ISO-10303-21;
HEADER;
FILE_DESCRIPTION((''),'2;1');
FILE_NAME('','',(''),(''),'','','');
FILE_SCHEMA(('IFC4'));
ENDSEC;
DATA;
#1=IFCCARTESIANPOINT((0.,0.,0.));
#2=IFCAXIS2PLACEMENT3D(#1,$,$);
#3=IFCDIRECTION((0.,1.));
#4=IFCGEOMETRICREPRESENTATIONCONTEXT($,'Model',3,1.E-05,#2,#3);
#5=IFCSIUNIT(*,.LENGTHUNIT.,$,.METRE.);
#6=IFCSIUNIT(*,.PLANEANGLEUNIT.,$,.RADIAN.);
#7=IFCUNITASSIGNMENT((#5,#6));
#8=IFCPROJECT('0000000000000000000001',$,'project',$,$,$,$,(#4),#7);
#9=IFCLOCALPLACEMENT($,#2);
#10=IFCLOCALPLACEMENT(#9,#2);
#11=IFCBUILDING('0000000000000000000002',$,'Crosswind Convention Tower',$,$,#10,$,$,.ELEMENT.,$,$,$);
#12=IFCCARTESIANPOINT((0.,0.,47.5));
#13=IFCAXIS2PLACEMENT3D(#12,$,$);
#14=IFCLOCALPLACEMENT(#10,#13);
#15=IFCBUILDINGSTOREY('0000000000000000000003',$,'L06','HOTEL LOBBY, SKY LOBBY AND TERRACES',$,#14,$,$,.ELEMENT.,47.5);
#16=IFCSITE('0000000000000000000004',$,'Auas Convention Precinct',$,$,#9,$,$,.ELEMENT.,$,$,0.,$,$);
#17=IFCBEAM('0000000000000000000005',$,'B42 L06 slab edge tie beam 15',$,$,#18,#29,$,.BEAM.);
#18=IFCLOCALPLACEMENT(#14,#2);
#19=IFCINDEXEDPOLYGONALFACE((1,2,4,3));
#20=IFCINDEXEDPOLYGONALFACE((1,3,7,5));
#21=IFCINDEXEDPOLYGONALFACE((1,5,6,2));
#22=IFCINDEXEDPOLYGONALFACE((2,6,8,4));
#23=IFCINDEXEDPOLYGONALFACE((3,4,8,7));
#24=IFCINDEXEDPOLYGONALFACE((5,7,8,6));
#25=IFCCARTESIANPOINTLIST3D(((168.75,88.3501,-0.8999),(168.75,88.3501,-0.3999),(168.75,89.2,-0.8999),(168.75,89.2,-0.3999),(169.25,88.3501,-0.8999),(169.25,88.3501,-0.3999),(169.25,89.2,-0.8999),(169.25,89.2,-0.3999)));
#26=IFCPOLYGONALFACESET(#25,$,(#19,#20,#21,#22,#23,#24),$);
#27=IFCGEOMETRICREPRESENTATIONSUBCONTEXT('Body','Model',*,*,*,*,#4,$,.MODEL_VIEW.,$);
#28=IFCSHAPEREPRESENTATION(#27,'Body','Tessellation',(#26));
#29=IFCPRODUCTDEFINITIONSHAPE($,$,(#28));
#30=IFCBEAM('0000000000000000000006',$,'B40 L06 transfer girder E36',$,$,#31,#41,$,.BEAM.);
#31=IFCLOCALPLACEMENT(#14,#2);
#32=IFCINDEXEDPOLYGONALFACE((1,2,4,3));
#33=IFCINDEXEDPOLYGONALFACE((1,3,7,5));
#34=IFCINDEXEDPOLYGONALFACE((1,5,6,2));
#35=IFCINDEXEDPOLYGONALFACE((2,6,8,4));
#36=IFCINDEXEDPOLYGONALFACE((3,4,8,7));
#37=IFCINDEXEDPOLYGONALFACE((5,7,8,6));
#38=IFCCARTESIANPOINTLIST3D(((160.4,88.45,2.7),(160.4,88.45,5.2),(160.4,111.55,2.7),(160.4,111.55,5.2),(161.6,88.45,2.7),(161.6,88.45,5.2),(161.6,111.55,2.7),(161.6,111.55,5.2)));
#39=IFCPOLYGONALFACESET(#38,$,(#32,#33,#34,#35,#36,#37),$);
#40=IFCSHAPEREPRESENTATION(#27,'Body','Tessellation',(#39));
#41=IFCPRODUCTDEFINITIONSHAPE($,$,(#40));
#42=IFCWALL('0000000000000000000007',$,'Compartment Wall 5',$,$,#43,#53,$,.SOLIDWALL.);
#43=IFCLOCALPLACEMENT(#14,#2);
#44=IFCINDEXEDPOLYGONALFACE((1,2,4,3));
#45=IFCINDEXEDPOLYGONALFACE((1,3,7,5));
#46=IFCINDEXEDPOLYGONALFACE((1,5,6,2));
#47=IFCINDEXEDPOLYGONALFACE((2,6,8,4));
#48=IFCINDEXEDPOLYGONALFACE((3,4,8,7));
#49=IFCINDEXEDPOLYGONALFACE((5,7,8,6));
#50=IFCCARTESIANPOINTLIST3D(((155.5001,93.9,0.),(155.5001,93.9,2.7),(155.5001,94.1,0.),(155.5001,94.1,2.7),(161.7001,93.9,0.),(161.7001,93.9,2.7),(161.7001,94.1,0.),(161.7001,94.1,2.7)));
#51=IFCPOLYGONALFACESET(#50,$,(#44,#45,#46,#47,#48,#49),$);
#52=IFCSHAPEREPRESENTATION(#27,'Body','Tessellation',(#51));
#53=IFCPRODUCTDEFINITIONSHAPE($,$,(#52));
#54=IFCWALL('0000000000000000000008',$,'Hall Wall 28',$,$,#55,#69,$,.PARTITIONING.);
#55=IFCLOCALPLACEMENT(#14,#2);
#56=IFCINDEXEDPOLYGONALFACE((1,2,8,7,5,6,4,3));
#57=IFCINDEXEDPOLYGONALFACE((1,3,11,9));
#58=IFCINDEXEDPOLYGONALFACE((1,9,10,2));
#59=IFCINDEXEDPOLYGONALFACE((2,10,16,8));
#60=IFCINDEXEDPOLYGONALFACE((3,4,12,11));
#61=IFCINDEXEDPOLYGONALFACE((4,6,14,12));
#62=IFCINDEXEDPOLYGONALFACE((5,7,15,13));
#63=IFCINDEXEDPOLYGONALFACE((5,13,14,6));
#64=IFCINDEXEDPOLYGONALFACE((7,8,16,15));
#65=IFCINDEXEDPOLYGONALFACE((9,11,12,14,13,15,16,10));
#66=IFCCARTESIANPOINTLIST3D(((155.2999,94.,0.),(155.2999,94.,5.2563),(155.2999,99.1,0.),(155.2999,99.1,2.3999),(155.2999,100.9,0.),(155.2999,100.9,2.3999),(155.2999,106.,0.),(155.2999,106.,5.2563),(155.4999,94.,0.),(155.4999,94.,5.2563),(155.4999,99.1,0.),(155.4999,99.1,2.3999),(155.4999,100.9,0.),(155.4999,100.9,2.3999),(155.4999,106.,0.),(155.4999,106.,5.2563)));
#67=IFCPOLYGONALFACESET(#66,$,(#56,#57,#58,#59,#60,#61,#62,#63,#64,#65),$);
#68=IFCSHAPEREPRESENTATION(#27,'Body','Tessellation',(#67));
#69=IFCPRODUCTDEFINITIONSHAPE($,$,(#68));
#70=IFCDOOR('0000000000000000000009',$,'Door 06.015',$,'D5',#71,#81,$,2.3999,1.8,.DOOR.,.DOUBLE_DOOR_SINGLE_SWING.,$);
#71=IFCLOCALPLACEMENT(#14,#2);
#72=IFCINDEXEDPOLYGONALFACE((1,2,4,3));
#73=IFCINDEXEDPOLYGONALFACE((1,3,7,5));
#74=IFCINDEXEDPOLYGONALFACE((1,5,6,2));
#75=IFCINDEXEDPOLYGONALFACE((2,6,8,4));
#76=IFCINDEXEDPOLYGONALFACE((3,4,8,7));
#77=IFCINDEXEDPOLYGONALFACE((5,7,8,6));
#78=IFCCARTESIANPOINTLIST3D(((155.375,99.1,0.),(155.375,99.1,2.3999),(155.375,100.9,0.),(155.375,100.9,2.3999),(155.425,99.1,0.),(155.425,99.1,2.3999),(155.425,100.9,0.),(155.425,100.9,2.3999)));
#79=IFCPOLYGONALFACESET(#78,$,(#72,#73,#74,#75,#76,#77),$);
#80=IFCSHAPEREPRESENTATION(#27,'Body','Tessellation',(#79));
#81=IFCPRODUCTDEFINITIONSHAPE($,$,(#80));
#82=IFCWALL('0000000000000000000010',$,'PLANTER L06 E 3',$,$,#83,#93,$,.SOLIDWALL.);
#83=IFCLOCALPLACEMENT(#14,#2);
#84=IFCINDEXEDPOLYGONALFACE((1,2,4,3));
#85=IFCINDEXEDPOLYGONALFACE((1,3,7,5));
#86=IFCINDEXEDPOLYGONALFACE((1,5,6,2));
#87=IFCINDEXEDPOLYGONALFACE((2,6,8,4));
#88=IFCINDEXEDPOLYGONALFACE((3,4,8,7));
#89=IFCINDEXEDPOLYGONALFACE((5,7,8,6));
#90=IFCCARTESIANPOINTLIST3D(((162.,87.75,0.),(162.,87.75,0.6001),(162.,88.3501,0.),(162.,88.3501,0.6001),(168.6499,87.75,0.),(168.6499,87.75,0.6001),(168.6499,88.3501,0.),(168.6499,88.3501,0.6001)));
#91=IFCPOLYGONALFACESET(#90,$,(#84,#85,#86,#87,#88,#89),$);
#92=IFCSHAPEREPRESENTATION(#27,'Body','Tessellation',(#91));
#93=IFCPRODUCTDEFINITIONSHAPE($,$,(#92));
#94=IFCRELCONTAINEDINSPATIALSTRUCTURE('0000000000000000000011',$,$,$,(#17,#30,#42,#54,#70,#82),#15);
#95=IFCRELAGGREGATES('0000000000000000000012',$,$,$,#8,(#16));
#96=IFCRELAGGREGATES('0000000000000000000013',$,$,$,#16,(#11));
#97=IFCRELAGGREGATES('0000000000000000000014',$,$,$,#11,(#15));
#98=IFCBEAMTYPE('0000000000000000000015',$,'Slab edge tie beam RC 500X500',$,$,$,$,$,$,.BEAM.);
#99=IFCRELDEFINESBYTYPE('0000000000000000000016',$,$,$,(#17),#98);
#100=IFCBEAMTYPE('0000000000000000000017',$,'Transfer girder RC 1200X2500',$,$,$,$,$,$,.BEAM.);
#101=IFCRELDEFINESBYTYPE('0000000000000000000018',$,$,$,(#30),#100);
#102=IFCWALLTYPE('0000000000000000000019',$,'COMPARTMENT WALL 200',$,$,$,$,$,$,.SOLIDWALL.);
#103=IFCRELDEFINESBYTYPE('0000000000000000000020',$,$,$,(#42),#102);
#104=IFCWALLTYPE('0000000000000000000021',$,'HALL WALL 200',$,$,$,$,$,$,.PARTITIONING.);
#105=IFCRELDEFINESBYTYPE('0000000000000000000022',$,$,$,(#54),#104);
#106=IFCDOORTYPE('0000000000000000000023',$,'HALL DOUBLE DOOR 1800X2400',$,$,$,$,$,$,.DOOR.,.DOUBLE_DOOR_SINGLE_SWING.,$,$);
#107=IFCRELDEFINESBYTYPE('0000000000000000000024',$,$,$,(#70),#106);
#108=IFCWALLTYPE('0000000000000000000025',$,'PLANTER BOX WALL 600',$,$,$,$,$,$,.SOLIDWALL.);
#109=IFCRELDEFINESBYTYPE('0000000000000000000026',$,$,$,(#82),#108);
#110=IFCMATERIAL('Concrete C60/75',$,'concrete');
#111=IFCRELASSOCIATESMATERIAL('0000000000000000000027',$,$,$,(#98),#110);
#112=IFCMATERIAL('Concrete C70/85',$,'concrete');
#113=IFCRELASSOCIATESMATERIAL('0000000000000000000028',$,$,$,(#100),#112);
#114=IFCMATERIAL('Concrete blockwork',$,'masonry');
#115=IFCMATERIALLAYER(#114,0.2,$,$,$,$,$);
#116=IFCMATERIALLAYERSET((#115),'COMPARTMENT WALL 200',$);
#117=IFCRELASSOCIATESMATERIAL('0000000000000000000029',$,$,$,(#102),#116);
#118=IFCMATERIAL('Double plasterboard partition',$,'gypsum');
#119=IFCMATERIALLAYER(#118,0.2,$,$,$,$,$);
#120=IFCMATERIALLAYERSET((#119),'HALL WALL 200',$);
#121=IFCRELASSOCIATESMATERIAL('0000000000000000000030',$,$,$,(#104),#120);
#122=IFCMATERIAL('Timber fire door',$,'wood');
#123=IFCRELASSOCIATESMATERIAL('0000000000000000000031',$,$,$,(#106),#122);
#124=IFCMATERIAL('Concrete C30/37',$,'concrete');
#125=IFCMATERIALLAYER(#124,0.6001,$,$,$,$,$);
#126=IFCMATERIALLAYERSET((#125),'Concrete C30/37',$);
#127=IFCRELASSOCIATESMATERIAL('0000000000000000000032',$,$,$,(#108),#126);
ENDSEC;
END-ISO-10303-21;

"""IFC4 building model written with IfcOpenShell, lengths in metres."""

from ifc_helpers import new_model, si_unit, direction, frame, frame_2d, origin, origin_2d, place, context, subcontext, project, spatial, rectangle, extrude, material, layer, layer_set, material_profile, profile_set, type_object, element, fill, save


model = new_model("IFC4")

# Units and contexts
model_context = context("Model", 3, precision=1e-05, world=origin(), true_north=direction((0.0, 1.0)))
body_context = subcontext(model_context, "Body", "Model", "MODEL_VIEW")
ifc_project = project(units=[si_unit("LENGTHUNIT", "METRE"), si_unit("PLANEANGLEUNIT", "RADIAN")], contexts=[model_context])

# Site, building, storey
site_placement = place(None, origin())
site = spatial("IfcSite", under=ifc_project, at=site_placement, Name="Auas Convention Precinct", CompositionType="ELEMENT", RefElevation=0.0)
building_placement = place(site_placement, origin())
building = spatial("IfcBuilding", under=site, at=building_placement, Name="Crosswind Convention Tower", CompositionType="ELEMENT")
storey_placement = place(building_placement, frame((0.0, 0.0, 47.5)))
storey = spatial("IfcBuildingStorey", under=building, at=storey_placement, Name="L06", Description="HOTEL LOBBY, SKY LOBBY AND TERRACES", CompositionType="ELEMENT", Elevation=47.5)

# Shared definitions
ifc_material_1 = material(Name="Concrete C60/75", Category="concrete")

# Beams
ifc_material_profile_1 = material_profile(ifc_material_1, rectangle(XDim=0.5, YDim=0.5, at=origin_2d()), Name="RC 500X500")
ifc_profile_set_1 = profile_set([ifc_material_profile_1], Name="Concrete C60/75")
beam_type_1 = type_object("IfcBeamType", Name="Slab edge tie beam RC 500X500", PredefinedType="BEAM", material=ifc_profile_set_1)
beam_1_placement = place(storey_placement, frame((169.0, 88.3501, -0.6499), z_axis=(0.0, 1.0, 0.0), x_axis=(-1.0, 0.0, 0.0)))
element("IfcBeam", 1, at=beam_1_placement, inside=storey, type_object=beam_type_1, Name="B42 L06 slab edge tie beam 15", PredefinedType="BEAM", context=body_context, shape_type="SweptSolid", body=[
    extrude(rectangle(XDim=0.5, YDim=0.5, at=origin_2d()), origin(), (0.0, 0.0, 1.0), 0.8499),
])
ifc_material_2 = material(Name="Concrete C70/85", Category="concrete")
ifc_material_profile_2 = material_profile(ifc_material_2, rectangle(XDim=1.2, YDim=2.5, at=origin_2d()), Name="RC 1200X2500")
ifc_profile_set_2 = profile_set([ifc_material_profile_2], Name="Concrete C70/85")
beam_type_2 = type_object("IfcBeamType", Name="Transfer girder RC 1200X2500", PredefinedType="BEAM", material=ifc_profile_set_2)
beam_2_placement = place(storey_placement, frame((161.0, 88.45, 3.95), z_axis=(0.0, 1.0, 0.0), x_axis=(-1.0, 0.0, 0.0)))
element("IfcBeam", 2, at=beam_2_placement, inside=storey, type_object=beam_type_2, Name="B40 L06 transfer girder E36", PredefinedType="BEAM", context=body_context, shape_type="SweptSolid", body=[
    extrude(rectangle(XDim=1.2, YDim=2.5, at=origin_2d()), origin(), (0.0, 0.0, 1.0), 23.1001),
])

# Wall
ifc_material_3 = material(Name="Concrete blockwork", Category="masonry")
ifc_layer_1 = layer(ifc_material_3, 0.2)
ifc_layer_set_1 = layer_set([ifc_layer_1], Name="COMPARTMENT WALL 200")
wall_type_1 = type_object("IfcWallType", Name="COMPARTMENT WALL 200", PredefinedType="SOLIDWALL", material=ifc_layer_set_1)
wall_1_placement = place(storey_placement, frame((155.5, 94.0, 0.0), z_axis=(0.0, 0.0, 1.0), x_axis=(1.0, 0.0, 0.0)))
element("IfcWall", 3, at=wall_1_placement, inside=storey, type_object=wall_type_1, Name="Compartment Wall 5", PredefinedType="SOLIDWALL", context=body_context, shape_type="SweptSolid", body=[
    extrude(rectangle(XDim=6.2, YDim=0.2, at=frame_2d((3.1001, 0.0))), origin(), (0.0, 0.0, 1.0), 2.7),
])

# Wall, opening, door
ifc_material_4 = material(Name="Double plasterboard partition", Category="gypsum")
ifc_layer_2 = layer(ifc_material_4, 0.2)
ifc_layer_set_2 = layer_set([ifc_layer_2], Name="HALL WALL 200")
wall_type_2 = type_object("IfcWallType", Name="HALL WALL 200", PredefinedType="PARTITIONING", material=ifc_layer_set_2)
wall_2_placement = place(storey_placement, frame((155.3999, 94.0, 0.0), z_axis=(0.0, 0.0, 1.0), x_axis=(0.0, 1.0, 0.0)))
wall_2 = element("IfcWall", 4, at=wall_2_placement, inside=storey, type_object=wall_type_2, Name="Hall Wall 28", PredefinedType="PARTITIONING", context=body_context, shape_type="SweptSolid", body=[
    extrude(rectangle(XDim=12.0, YDim=0.2, at=frame_2d((6.0, 0.0))), origin(), (0.0, 0.0, 1.0), 5.2563),
])
opening_1_placement = place(wall_2_placement, frame((5.1001, 0.0, 0.0)))
opening_1 = element("IfcOpeningElement", 5, at=opening_1_placement, cuts=wall_2, PredefinedType="OPENING", context=body_context, shape_type="SweptSolid", body=[
    extrude(rectangle(XDim=1.8, YDim=2.3999, at=frame_2d((0.8999, 1.2))), frame((0.0, 0.1099, 0.0), z_axis=(0.0, -1.0, 0.0), x_axis=(1.0, 0.0, 0.0)), (0.0, 0.0, 1.0), 0.22),
])
ifc_material_5 = material(Name="Timber fire door", Category="wood")
door_type_1 = type_object("IfcDoorType", Name="HALL DOUBLE DOOR 1800X2400", OperationType="DOUBLE_DOOR_SINGLE_SWING", PredefinedType="DOOR", material=ifc_material_5)
door_1_placement = place(opening_1_placement, origin())
door_1 = element("IfcDoor", 6, at=door_1_placement, inside=storey, type_object=door_type_1, Name="Door 06.015", ObjectType="D5", OperationType="DOUBLE_DOOR_SINGLE_SWING", OverallHeight=2.3999, OverallWidth=1.8, PredefinedType="DOOR", context=body_context, shape_type="SweptSolid", body=[
    extrude(rectangle(XDim=1.8, YDim=2.3999, at=frame_2d((0.8999, 1.2))), frame((0.0, 0.0249, 0.0), z_axis=(0.0, -1.0, 0.0), x_axis=(1.0, 0.0, 0.0)), (0.0, 0.0, 1.0), 0.05),
])
fill(opening_1, door_1)

# Wall
ifc_material_6 = material(Name="Concrete C30/37", Category="concrete")
ifc_layer_3 = layer(ifc_material_6, 0.6001)
ifc_layer_set_3 = layer_set([ifc_layer_3], Name="Concrete C30/37")
wall_type_3 = type_object("IfcWallType", Name="PLANTER BOX WALL 600", PredefinedType="SOLIDWALL", material=ifc_layer_set_3)
wall_3_placement = place(storey_placement, frame((168.6499, 88.05, 0.0), z_axis=(0.0, 0.0, 1.0), x_axis=(-1.0, 0.0, 0.0)))
element("IfcWall", 7, at=wall_3_placement, inside=storey, type_object=wall_type_3, Name="PLANTER L06 E 3", PredefinedType="SOLIDWALL", context=body_context, shape_type="SweptSolid", body=[
    extrude(rectangle(XDim=6.6499, YDim=0.6001, at=frame_2d((3.325, 0.0))), origin(), (0.0, 0.0, 1.0), 0.6001),
])

save(model, "model.ifc")
